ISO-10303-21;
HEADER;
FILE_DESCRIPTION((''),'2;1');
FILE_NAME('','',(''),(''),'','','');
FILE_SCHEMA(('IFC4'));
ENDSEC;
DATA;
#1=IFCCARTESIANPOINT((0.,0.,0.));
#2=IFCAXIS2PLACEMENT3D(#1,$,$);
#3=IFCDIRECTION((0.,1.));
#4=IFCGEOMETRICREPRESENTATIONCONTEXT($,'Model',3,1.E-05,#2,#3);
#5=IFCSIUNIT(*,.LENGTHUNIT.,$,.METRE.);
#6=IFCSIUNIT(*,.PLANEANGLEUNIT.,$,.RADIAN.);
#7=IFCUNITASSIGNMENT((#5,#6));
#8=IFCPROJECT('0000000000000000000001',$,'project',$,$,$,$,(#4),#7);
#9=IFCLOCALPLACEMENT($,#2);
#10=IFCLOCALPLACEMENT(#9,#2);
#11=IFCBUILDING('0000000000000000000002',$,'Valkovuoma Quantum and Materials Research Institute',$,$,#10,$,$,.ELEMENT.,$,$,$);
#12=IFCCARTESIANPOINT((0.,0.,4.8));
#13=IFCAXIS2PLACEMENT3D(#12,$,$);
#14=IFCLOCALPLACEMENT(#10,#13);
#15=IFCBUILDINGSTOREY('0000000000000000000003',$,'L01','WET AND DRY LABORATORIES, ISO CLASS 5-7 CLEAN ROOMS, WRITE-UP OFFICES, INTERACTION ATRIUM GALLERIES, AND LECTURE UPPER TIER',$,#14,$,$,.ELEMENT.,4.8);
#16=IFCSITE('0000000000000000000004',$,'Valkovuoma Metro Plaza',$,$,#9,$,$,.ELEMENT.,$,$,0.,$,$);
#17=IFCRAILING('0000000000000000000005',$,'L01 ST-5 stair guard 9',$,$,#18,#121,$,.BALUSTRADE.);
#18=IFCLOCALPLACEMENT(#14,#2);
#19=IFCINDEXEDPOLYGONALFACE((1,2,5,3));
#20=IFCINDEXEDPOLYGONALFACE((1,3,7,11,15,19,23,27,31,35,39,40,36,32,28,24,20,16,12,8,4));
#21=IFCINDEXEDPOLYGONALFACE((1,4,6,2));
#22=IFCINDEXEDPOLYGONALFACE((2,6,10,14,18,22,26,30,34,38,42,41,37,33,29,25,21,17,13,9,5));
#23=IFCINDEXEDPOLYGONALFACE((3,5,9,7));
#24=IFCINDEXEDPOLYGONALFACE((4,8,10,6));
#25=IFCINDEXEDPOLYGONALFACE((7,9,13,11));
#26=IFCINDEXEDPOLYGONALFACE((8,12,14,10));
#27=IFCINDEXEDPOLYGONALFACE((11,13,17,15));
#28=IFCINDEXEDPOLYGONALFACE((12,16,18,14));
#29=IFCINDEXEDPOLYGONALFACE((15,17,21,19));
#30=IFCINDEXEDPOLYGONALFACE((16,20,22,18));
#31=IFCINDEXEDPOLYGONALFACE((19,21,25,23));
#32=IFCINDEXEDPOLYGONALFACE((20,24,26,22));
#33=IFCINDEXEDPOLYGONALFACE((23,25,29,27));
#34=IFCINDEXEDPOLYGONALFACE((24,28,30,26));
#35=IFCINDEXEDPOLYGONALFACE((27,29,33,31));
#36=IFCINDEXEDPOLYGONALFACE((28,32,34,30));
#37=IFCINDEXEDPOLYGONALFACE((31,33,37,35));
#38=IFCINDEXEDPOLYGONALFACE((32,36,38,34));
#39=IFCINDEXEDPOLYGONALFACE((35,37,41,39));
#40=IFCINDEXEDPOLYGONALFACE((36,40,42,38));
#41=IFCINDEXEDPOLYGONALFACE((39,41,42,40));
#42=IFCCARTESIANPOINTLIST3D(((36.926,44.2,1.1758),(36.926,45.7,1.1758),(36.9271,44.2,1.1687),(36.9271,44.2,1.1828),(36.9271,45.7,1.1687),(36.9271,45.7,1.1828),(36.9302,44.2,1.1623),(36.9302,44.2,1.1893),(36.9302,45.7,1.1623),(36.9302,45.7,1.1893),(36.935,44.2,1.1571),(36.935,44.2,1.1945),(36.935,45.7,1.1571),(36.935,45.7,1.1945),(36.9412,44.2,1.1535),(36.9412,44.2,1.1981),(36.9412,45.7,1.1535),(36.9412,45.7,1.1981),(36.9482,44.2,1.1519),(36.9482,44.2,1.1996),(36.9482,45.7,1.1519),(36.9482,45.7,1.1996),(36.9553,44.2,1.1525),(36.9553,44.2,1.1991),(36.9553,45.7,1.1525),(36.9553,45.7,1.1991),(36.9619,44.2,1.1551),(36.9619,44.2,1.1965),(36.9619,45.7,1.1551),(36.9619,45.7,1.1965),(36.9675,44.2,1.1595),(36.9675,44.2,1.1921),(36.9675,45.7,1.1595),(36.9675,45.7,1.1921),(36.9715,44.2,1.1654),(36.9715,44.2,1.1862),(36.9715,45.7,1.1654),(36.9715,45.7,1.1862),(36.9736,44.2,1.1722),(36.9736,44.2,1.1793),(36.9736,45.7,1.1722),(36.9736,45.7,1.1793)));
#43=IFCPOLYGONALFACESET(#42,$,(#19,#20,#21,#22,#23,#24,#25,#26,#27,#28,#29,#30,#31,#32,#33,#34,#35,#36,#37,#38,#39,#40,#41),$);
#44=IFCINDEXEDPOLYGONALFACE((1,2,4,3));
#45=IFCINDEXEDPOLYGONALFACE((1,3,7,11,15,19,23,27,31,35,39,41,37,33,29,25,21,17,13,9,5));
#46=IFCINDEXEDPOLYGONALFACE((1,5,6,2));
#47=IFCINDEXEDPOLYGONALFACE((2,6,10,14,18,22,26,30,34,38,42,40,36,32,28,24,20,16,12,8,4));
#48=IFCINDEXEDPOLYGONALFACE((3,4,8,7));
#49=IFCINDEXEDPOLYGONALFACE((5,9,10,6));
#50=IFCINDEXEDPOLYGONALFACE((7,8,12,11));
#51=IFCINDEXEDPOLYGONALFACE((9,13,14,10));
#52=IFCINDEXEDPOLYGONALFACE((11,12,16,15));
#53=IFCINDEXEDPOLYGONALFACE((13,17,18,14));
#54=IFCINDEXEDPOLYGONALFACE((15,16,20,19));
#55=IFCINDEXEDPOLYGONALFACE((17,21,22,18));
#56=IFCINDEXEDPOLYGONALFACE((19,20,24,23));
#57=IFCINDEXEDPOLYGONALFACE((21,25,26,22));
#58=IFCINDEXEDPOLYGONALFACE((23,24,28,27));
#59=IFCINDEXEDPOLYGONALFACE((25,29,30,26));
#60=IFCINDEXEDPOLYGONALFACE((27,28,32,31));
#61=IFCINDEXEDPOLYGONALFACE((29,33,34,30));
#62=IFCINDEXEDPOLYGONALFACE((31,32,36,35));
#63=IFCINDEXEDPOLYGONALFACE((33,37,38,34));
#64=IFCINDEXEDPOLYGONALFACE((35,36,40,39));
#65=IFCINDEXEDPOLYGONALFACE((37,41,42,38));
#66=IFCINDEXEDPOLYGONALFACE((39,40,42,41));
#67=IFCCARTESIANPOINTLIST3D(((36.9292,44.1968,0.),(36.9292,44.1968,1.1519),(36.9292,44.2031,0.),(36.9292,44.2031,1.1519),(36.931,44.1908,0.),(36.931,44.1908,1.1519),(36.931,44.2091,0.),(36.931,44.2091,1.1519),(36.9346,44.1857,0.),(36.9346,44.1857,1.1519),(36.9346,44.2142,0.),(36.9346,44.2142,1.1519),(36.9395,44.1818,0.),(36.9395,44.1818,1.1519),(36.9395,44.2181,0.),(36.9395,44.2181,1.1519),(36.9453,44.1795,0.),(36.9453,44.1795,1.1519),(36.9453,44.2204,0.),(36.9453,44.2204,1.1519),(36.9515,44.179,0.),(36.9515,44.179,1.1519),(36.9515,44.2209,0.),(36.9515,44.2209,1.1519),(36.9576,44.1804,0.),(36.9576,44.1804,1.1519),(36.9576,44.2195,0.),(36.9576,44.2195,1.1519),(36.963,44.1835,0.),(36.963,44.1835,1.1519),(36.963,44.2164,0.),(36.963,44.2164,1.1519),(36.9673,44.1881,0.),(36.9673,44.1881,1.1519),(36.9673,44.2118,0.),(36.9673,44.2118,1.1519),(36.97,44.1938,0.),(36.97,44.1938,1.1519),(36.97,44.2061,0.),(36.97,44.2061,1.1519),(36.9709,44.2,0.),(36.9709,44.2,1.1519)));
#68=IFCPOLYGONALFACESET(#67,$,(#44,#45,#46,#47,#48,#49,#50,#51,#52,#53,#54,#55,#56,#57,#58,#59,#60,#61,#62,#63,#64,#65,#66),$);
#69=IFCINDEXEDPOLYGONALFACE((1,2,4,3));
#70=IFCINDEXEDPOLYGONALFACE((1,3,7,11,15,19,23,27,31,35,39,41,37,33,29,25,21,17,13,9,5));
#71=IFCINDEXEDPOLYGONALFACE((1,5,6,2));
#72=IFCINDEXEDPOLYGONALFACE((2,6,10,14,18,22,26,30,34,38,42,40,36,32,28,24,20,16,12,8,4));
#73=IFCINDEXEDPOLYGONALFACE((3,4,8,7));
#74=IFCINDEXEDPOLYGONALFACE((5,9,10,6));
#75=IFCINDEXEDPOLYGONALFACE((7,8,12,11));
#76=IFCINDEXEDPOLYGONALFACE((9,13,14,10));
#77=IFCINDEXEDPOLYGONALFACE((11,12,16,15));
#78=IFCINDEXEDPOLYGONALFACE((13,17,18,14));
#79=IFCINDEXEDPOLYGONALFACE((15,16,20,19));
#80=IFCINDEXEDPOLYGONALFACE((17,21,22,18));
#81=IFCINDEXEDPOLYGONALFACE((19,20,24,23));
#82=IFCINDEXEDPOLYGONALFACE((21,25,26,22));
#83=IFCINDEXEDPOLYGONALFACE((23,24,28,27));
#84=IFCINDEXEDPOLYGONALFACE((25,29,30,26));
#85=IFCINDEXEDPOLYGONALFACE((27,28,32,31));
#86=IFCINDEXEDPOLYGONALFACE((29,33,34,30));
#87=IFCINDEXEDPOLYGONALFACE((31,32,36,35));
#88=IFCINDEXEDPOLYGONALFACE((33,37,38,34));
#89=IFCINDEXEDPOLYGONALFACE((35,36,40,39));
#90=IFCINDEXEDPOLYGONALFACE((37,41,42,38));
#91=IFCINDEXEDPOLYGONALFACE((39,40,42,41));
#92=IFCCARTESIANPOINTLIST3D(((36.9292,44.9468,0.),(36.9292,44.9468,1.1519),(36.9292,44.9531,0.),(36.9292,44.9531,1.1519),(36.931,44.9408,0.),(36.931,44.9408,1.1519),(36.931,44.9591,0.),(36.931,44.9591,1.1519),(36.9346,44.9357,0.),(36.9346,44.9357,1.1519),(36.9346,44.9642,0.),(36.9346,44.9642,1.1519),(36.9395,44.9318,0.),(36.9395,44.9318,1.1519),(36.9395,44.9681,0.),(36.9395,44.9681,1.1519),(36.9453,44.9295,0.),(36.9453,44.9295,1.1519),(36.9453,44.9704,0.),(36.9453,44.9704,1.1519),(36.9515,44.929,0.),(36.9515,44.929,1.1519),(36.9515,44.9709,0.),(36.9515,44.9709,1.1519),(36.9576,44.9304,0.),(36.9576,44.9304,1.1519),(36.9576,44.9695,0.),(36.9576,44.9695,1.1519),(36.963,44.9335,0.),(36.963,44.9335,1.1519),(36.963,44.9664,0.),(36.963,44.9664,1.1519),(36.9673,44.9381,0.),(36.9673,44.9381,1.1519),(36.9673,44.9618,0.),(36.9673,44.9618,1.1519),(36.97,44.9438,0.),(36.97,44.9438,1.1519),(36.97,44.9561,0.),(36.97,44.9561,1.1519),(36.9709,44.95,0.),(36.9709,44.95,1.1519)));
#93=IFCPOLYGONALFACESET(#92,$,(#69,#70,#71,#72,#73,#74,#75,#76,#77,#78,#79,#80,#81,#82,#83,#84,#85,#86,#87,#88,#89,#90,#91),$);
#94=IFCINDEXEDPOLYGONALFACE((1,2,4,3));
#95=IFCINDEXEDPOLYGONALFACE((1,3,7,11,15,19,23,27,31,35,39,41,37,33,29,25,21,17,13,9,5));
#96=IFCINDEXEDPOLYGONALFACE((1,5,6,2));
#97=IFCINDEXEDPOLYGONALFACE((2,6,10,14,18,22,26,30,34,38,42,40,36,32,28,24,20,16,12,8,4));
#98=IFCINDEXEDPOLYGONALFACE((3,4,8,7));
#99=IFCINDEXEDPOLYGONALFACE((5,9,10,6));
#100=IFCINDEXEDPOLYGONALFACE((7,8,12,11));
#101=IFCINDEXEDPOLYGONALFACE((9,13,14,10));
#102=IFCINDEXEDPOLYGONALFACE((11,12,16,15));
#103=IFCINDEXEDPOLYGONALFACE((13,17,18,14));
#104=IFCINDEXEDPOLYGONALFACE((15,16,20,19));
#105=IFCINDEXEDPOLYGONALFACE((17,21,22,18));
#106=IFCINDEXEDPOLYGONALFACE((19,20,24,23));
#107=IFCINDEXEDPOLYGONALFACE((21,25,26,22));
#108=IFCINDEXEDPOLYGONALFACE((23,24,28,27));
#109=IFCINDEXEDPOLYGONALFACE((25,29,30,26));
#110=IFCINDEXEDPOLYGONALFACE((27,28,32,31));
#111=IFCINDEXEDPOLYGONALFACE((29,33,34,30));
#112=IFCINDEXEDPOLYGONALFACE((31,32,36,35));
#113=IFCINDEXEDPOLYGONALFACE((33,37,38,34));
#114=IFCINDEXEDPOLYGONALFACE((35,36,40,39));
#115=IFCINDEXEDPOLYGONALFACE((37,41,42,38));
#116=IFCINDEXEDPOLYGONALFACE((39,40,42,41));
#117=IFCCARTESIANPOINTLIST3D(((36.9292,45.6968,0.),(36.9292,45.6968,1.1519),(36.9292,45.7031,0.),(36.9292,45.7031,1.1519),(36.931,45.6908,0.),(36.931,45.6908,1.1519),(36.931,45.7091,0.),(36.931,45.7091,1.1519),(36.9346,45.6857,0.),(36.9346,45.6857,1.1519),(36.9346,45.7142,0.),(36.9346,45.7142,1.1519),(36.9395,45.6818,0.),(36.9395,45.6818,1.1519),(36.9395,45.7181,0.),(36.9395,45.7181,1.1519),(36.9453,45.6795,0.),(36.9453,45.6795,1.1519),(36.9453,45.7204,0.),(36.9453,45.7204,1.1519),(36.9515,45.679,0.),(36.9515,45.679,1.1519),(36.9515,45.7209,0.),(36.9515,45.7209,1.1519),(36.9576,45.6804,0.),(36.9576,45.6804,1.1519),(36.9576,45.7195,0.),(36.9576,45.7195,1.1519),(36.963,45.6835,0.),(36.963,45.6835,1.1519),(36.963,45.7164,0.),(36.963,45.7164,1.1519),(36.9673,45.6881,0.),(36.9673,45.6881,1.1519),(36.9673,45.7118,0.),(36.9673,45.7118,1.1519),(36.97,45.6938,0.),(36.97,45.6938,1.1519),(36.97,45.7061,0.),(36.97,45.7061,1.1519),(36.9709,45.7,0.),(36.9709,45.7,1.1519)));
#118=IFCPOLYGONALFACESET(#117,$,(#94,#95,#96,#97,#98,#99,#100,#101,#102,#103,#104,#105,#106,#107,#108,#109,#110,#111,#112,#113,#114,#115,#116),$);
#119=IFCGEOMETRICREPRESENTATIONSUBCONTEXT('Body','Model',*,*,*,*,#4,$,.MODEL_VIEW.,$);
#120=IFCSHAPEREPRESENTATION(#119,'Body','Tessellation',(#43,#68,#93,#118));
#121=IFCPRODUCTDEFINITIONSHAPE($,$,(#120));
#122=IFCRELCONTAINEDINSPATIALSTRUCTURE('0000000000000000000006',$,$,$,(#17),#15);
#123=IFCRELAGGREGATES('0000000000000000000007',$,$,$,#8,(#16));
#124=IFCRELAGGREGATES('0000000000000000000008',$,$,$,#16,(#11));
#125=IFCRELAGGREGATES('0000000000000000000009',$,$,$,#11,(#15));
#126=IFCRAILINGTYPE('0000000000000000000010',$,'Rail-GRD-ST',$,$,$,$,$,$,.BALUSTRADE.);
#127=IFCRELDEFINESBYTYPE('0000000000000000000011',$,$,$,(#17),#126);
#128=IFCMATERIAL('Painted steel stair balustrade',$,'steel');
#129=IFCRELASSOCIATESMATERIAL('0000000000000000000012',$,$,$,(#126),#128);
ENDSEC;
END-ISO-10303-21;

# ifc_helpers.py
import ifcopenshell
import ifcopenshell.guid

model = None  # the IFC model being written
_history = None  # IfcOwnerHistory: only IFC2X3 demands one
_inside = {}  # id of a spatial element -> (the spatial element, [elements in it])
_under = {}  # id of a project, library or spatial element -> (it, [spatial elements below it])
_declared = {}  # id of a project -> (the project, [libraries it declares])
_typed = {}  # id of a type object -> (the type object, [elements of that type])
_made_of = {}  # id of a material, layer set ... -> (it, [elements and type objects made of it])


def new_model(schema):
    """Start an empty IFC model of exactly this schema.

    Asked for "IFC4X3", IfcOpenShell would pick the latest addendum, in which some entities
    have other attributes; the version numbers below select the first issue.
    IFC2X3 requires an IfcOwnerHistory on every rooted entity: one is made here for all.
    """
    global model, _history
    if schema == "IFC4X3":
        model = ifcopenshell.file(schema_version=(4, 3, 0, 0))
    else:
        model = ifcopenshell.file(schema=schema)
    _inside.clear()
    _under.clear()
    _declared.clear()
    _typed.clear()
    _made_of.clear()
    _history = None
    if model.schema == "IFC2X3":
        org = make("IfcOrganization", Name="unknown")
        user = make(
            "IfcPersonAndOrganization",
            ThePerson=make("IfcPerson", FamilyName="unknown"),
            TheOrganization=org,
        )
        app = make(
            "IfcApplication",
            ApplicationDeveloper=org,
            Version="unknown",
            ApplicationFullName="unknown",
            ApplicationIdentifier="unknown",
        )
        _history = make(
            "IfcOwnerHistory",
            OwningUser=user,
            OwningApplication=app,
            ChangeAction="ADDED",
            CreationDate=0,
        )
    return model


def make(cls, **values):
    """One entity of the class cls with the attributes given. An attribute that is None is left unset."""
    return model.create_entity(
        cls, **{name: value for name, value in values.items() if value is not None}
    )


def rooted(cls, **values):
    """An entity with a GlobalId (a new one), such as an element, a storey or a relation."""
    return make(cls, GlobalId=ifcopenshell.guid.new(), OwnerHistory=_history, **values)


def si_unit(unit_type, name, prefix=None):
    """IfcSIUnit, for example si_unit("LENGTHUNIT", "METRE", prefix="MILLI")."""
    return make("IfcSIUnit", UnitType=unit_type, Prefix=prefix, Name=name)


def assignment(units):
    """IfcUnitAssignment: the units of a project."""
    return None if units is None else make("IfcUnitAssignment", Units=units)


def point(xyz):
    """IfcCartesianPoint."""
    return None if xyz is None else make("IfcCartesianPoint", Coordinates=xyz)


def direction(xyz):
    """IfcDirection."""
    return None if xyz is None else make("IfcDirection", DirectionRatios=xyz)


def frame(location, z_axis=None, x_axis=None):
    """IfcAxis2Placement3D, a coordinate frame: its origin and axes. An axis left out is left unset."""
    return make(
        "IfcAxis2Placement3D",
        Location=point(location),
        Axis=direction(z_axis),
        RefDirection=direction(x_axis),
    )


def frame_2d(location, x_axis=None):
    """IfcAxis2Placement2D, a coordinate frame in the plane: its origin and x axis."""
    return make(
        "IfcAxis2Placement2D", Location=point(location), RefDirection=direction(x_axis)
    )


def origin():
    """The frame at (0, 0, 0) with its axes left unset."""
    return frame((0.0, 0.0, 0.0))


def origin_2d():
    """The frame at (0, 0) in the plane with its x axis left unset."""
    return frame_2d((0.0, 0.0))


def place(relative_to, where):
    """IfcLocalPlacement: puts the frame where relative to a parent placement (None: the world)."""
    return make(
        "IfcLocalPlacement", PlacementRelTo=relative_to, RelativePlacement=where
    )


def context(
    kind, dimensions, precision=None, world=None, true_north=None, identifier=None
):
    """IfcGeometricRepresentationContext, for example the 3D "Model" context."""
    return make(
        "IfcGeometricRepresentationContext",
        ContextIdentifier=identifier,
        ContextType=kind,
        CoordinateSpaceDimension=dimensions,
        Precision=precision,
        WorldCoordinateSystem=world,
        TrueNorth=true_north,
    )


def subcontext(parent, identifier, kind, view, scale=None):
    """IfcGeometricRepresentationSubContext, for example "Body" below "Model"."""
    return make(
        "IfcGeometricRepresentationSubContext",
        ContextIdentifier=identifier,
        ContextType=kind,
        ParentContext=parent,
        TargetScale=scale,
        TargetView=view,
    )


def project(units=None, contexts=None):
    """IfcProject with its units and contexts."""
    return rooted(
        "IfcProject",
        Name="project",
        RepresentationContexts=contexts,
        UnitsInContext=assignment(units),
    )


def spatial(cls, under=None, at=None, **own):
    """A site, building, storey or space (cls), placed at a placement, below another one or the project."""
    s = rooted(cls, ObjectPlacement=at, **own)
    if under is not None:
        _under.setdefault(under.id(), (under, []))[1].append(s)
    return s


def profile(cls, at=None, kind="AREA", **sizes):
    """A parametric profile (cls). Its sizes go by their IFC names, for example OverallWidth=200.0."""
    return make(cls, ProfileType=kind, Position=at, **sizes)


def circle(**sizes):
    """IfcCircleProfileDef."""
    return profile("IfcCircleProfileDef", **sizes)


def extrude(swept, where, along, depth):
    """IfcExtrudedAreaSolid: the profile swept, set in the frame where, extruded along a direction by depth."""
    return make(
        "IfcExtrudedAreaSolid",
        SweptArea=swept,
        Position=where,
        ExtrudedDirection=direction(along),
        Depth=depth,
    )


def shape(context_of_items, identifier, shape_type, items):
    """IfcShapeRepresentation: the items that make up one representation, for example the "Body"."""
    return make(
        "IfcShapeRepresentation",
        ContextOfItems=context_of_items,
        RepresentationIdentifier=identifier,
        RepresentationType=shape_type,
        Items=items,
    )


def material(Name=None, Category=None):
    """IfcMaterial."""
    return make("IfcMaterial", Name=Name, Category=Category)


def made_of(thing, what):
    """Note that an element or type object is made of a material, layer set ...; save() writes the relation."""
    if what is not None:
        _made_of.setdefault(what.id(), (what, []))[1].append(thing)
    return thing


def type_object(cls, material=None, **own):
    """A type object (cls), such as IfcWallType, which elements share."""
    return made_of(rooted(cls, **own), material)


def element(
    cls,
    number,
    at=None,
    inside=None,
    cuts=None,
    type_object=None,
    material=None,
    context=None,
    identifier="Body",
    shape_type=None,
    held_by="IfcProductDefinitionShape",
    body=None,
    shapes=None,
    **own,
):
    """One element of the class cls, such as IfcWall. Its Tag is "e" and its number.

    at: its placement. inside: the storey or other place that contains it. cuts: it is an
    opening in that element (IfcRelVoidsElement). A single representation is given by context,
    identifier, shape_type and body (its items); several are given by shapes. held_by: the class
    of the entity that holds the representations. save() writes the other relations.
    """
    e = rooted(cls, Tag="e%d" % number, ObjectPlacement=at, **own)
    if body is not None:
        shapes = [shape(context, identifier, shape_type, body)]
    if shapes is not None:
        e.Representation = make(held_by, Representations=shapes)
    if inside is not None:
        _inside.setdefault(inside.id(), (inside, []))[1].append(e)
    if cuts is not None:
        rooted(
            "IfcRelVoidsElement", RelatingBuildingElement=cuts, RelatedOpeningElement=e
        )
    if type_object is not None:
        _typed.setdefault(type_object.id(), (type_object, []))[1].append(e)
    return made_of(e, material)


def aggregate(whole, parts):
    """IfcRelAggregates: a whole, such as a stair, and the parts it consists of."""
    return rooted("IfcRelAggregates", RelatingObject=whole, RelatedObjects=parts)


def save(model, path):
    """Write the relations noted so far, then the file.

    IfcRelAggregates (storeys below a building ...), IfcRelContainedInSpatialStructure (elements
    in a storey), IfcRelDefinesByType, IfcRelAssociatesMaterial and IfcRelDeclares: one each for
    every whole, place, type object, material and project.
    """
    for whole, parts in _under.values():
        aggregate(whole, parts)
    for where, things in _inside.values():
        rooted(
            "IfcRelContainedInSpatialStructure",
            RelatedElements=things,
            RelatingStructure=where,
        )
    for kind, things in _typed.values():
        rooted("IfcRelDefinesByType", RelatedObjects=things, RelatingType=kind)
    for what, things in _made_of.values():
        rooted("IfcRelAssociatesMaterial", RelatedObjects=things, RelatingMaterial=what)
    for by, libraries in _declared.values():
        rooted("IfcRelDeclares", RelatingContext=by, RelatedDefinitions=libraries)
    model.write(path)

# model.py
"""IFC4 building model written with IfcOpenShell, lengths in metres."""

from ifc_helpers import new_model, si_unit, direction, frame, origin, origin_2d, place, context, subcontext, project, spatial, circle, extrude, material, type_object, element, save


model = new_model("IFC4")

# Units and contexts
model_context = context("Model", 3, precision=1e-05, world=origin(), true_north=direction((0.0, 1.0)))
body_context = subcontext(model_context, "Body", "Model", "MODEL_VIEW")
ifc_project = project(units=[si_unit("LENGTHUNIT", "METRE"), si_unit("PLANEANGLEUNIT", "RADIAN")], contexts=[model_context])

# Site, building, storey
site_placement = place(None, origin())
site = spatial("IfcSite", under=ifc_project, at=site_placement, Name="Valkovuoma Metro Plaza", CompositionType="ELEMENT", RefElevation=0.0)
building_placement = place(site_placement, origin())
building = spatial("IfcBuilding", under=site, at=building_placement, Name="Valkovuoma Quantum and Materials Research Institute", CompositionType="ELEMENT")
storey_placement = place(building_placement, frame((0.0, 0.0, 4.8)))
storey = spatial("IfcBuildingStorey", under=building, at=storey_placement, Name="L01", Description="WET AND DRY LABORATORIES, ISO CLASS 5-7 CLEAN ROOMS, WRITE-UP OFFICES, INTERACTION ATRIUM GALLERIES, AND LECTURE UPPER TIER", CompositionType="ELEMENT", Elevation=4.8)

# Railing
ifc_material_1 = material(Name="Painted steel stair balustrade", Category="steel")
railing_type_1 = type_object("IfcRailingType", Name="Rail-GRD-ST", PredefinedType="BALUSTRADE", material=ifc_material_1)
for number, where, name in (
    (1, (36.95, 44.2, 0.0), "L01 ST-5 stair guard 9"),
):
    element("IfcRailing", number, at=place(storey_placement, frame(where)), inside=storey, type_object=railing_type_1, Name=name, PredefinedType="BALUSTRADE", context=body_context, shape_type="SweptSolid", body=[
        extrude(circle(Radius=0.0239, at=origin_2d()), frame((0.0, 0.0, 1.1758), z_axis=(0.0, 1.0, 0.0), x_axis=(-1.0, 0.0, 0.0)), (0.0, 0.0, 1.0), 1.5),
        extrude(circle(Radius=0.021, at=origin_2d()), origin(), (0.0, 0.0, 1.0), 1.1519),
        extrude(circle(Radius=0.021, at=origin_2d()), frame((0.0, 0.75, 0.0)), (0.0, 0.0, 1.0), 1.1519),
        extrude(circle(Radius=0.021, at=origin_2d()), frame((0.0, 1.5, 0.0)), (0.0, 0.0, 1.0), 1.1519),
    ])

save(model, "model.ifc")
